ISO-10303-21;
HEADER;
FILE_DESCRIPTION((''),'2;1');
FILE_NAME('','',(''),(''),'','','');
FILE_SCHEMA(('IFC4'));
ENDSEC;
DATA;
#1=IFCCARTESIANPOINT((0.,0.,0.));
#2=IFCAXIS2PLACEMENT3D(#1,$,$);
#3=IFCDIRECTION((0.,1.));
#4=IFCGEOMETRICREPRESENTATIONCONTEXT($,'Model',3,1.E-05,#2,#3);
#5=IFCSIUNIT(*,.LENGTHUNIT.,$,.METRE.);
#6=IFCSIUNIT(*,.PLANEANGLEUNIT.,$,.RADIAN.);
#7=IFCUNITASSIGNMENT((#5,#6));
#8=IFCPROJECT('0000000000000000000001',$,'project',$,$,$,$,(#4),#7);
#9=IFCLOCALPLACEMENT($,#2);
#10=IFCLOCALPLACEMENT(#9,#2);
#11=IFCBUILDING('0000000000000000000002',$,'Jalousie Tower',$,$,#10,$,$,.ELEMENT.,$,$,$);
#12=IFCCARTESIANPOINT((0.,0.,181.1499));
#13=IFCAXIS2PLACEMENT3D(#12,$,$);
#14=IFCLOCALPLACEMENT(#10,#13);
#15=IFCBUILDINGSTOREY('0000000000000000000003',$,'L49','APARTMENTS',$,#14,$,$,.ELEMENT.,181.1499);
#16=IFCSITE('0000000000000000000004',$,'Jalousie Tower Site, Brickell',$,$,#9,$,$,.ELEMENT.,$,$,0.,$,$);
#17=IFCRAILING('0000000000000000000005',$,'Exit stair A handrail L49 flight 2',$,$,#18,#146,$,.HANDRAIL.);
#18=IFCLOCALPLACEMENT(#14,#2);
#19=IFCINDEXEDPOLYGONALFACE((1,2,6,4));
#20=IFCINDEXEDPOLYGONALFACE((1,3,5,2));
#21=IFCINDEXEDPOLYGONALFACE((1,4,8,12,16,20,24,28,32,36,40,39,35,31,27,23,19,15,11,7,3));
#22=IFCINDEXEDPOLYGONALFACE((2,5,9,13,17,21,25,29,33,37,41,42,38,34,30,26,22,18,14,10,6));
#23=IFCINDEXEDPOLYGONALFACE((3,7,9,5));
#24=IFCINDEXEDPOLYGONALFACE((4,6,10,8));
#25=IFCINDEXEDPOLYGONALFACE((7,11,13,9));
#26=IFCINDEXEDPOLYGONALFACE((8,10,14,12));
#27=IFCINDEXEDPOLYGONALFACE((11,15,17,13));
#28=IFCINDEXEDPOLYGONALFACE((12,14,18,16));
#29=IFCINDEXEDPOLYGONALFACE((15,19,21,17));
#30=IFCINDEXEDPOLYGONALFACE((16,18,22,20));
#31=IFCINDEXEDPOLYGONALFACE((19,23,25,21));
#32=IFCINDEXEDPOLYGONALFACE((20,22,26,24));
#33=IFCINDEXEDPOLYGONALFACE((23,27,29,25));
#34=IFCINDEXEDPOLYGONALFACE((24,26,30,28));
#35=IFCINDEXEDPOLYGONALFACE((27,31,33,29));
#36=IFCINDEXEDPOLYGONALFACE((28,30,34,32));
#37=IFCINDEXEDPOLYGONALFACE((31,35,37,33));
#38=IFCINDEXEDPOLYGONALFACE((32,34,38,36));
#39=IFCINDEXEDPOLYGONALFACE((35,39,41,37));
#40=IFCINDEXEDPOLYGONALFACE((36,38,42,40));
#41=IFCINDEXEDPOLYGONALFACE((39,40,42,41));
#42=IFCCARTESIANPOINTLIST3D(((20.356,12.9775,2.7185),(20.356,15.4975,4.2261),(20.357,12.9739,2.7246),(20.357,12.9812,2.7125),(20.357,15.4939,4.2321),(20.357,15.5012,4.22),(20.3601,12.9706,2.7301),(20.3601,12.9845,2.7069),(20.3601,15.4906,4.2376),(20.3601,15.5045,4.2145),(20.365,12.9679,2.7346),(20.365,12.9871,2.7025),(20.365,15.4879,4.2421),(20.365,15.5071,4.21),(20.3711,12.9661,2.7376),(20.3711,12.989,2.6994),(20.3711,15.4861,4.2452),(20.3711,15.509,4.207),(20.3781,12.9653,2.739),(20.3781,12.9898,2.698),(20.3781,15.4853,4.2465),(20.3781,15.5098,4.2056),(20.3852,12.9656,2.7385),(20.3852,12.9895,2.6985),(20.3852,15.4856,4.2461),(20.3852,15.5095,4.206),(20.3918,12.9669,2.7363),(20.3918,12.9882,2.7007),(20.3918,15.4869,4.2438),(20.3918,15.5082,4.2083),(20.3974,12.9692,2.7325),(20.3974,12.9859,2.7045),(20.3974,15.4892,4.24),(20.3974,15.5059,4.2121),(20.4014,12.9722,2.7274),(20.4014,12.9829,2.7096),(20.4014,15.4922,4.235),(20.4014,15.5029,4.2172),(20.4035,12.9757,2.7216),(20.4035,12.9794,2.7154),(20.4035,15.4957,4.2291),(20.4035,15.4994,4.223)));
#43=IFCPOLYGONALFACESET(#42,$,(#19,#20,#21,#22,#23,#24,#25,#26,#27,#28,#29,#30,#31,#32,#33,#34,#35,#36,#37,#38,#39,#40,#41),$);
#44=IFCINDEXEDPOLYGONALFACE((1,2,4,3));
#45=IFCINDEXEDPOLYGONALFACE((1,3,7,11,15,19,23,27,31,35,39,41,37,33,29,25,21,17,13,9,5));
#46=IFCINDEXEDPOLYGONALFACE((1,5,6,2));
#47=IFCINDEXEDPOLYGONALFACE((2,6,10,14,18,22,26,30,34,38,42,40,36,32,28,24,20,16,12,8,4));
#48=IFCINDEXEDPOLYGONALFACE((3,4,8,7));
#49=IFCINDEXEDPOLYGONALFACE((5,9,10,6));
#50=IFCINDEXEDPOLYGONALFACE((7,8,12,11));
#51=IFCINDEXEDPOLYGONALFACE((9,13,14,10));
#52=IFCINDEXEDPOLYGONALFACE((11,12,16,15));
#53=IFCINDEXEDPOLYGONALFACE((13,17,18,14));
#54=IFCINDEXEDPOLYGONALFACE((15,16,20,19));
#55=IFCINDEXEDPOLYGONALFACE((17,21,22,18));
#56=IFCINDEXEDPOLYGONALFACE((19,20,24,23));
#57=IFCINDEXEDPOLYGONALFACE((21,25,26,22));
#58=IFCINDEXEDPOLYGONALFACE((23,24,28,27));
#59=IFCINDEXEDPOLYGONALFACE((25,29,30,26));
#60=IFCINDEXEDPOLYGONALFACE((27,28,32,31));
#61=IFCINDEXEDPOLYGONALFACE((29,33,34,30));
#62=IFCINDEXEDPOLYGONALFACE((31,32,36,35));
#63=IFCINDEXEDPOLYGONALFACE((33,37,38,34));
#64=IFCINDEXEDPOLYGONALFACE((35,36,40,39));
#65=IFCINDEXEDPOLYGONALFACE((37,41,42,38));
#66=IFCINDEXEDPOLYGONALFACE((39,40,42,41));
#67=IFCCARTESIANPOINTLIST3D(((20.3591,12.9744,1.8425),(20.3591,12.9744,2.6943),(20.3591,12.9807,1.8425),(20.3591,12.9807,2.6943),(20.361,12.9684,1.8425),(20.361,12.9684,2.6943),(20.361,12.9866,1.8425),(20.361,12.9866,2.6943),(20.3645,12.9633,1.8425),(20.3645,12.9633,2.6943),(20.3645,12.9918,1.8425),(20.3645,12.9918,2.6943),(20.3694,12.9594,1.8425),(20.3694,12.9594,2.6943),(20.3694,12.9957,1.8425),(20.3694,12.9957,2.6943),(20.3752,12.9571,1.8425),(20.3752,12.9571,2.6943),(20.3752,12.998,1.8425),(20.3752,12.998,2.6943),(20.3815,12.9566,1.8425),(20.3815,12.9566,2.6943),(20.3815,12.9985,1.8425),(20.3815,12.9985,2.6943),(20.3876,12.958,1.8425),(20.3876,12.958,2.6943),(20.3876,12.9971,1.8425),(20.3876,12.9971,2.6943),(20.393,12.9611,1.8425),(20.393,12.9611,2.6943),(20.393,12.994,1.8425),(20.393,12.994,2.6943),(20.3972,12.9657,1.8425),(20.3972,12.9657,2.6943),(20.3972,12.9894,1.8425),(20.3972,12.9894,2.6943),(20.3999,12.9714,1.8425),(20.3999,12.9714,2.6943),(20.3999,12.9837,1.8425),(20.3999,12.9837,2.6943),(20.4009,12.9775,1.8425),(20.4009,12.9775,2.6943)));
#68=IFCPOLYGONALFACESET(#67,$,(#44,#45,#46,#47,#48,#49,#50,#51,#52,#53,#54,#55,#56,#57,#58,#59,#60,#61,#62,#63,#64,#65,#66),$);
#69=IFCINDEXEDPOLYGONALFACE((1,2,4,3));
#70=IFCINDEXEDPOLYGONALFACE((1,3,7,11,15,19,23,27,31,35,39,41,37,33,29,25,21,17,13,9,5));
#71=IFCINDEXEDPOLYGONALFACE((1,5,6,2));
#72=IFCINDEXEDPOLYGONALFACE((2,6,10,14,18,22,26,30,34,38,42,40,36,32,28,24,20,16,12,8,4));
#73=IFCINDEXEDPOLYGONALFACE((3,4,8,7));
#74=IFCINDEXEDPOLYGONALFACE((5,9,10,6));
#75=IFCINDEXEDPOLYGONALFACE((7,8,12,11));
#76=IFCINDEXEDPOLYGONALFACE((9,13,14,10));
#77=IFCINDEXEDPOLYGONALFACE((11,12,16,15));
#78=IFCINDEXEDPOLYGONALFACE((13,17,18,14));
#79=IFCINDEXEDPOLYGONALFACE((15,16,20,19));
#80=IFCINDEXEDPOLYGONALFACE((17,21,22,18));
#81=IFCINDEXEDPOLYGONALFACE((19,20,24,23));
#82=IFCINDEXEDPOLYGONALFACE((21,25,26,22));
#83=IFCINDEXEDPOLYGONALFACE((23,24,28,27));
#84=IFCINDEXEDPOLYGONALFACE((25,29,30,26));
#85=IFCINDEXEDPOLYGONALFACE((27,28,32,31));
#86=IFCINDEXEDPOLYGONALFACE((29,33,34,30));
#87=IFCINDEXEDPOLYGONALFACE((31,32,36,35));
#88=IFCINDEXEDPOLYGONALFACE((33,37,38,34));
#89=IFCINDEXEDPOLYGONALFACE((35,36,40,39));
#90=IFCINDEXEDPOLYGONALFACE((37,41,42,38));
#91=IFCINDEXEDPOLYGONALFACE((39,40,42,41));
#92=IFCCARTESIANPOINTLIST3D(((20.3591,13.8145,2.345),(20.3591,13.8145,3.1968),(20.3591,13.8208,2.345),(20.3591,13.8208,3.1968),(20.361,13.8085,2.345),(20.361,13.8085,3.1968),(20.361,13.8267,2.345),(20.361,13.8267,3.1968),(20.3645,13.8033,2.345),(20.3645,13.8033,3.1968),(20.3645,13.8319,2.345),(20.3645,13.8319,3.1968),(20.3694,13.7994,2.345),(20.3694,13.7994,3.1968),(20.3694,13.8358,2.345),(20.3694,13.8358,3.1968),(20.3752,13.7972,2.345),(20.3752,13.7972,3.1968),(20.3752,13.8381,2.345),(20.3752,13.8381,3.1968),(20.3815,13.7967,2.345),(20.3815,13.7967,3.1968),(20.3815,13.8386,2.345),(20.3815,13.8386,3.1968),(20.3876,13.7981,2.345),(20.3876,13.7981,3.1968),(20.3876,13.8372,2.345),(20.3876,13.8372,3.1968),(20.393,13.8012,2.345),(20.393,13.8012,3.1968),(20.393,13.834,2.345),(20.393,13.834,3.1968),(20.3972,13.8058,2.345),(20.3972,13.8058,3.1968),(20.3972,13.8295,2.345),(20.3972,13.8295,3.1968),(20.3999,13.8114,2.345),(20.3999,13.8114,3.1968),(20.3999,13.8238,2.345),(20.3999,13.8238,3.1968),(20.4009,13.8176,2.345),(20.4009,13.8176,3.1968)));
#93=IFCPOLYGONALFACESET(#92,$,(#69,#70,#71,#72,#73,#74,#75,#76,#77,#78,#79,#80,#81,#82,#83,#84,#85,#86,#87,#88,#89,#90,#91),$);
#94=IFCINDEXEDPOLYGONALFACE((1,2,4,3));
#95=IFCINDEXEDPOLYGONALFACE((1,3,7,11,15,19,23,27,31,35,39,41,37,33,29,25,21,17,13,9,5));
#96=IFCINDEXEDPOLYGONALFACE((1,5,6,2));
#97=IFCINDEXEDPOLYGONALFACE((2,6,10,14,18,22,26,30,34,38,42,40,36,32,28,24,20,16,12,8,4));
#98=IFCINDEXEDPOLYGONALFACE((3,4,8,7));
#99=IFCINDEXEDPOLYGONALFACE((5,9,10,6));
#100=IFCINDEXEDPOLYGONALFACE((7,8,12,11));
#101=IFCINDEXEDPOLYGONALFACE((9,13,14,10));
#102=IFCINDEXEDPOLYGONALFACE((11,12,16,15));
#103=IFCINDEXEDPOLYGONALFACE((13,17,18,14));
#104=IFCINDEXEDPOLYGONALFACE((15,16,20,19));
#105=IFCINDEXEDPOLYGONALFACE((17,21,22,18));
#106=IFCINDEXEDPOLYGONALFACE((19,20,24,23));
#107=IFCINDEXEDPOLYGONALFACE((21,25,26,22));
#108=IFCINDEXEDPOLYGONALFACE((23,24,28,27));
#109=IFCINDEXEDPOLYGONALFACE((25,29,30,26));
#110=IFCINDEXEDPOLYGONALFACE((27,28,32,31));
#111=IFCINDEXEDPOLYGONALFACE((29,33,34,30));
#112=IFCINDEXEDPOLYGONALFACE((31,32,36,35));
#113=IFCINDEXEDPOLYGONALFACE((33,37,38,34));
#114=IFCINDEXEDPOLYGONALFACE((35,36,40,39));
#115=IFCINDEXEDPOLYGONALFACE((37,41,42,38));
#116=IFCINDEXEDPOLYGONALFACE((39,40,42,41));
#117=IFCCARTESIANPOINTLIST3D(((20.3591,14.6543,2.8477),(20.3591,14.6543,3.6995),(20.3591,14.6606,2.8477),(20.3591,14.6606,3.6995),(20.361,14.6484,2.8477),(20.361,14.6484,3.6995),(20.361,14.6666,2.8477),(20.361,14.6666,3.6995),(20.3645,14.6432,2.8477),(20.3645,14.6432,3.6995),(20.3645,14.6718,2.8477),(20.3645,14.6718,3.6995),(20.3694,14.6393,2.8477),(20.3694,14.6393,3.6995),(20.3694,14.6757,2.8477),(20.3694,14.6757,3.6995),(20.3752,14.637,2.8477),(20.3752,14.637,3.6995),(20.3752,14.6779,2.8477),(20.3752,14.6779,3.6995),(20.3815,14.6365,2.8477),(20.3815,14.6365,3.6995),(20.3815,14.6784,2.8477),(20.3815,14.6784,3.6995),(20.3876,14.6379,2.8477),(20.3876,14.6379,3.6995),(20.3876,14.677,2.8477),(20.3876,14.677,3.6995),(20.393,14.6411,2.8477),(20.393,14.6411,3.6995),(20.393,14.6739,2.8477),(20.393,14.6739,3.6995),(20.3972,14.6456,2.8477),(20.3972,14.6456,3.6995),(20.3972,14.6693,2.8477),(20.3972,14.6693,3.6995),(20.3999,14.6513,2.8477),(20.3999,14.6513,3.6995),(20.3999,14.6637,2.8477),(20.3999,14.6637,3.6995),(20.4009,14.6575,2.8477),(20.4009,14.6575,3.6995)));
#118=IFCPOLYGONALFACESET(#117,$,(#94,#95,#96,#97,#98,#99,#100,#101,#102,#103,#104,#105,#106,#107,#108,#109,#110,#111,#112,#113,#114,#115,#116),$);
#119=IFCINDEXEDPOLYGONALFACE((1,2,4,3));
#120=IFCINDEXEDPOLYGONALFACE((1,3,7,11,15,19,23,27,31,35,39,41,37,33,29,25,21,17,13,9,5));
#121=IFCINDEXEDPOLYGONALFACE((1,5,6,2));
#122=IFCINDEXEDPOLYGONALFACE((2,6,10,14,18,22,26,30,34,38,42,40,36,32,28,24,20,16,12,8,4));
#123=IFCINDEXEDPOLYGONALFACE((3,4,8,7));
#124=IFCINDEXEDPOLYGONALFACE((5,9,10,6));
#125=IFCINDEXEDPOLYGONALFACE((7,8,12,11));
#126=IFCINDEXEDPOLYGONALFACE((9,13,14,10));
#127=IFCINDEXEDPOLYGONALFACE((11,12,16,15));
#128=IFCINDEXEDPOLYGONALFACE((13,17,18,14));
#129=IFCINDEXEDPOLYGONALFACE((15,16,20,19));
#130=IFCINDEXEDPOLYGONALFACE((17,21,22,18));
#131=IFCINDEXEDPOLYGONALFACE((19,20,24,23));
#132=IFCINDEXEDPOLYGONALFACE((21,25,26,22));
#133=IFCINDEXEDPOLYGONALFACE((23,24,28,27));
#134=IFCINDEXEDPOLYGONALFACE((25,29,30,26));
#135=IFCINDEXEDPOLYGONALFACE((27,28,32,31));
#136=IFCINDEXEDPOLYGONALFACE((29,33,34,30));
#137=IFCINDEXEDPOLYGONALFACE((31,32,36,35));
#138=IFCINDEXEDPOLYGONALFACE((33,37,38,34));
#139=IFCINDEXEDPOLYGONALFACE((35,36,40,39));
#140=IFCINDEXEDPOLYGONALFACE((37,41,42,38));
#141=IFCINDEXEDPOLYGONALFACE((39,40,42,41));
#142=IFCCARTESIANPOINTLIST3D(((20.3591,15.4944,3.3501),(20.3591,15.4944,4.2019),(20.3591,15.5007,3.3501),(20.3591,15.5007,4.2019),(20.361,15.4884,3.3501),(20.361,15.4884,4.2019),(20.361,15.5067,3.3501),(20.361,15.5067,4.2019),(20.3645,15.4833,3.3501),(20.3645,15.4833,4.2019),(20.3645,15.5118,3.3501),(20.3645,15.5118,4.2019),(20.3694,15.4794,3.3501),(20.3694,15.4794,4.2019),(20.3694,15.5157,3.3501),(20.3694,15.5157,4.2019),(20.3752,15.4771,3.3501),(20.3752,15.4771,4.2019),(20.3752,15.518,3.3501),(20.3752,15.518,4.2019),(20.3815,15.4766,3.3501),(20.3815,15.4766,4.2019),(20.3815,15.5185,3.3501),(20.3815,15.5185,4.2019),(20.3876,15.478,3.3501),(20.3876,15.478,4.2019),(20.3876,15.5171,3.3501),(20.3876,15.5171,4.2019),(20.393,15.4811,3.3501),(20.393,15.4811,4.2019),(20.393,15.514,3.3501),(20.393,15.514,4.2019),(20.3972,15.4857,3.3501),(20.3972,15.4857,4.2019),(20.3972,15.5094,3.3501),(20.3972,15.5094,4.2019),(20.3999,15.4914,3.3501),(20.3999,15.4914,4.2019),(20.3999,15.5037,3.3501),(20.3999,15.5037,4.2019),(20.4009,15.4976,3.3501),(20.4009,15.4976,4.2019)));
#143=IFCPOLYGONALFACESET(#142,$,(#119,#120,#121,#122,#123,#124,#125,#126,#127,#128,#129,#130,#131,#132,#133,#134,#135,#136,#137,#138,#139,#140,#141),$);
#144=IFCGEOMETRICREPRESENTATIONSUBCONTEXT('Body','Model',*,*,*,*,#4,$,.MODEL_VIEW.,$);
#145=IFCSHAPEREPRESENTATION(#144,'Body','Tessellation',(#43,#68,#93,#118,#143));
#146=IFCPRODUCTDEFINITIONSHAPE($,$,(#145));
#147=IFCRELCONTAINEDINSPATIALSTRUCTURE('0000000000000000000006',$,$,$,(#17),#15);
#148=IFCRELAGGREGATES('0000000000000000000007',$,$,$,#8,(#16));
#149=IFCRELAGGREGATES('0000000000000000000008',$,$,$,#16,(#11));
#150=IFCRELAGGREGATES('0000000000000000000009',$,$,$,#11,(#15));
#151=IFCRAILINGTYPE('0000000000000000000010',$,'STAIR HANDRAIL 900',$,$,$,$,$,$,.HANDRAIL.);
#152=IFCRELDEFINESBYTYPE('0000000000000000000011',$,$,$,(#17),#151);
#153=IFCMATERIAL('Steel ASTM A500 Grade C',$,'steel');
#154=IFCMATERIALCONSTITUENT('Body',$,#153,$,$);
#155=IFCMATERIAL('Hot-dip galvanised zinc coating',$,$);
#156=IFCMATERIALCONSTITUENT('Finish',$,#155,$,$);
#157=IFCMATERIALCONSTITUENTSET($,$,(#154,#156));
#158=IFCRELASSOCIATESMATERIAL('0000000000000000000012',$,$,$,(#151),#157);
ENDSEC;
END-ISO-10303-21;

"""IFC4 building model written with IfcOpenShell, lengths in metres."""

from ifc_helpers import new_model, si_unit, direction, frame, origin, origin_2d, place, context, subcontext, project, spatial, circle, extrude, material, constituent, constituent_set, type_object, element, save


model = new_model("IFC4")

# Units and contexts
model_context = context("Model", 3, precision=1e-05, world=origin(), true_north=direction((0.0, 1.0)))
body_context = subcontext(model_context, "Body", "Model", "MODEL_VIEW")
ifc_project = project(units=[si_unit("LENGTHUNIT", "METRE"), si_unit("PLANEANGLEUNIT", "RADIAN")], contexts=[model_context])

# Site, building, storey
site_placement = place(None, origin())
site = spatial("IfcSite", under=ifc_project, at=site_placement, Name="Jalousie Tower Site, Brickell", CompositionType="ELEMENT", RefElevation=0.0)
building_placement = place(site_placement, origin())
building = spatial("IfcBuilding", under=site, at=building_placement, Name="Jalousie Tower", CompositionType="ELEMENT")
storey_placement = place(building_placement, frame((0.0, 0.0, 181.1499)))
storey = spatial("IfcBuildingStorey", under=building, at=storey_placement, Name="L49", Description="APARTMENTS", CompositionType="ELEMENT", Elevation=181.1499)

# Railing
ifc_material_1 = material(Name="Steel ASTM A500 Grade C", Category="steel")
ifc_constituent_1 = constituent(ifc_material_1, Name="Body")
ifc_material_2 = material(Name="Hot-dip galvanised zinc coating")
ifc_constituent_2 = constituent(ifc_material_2, Name="Finish")
ifc_constituent_set_1 = constituent_set(constituents=[ifc_constituent_1, ifc_constituent_2])
railing_type_1 = type_object("IfcRailingType", Name="STAIR HANDRAIL 900", PredefinedType="HANDRAIL", material=ifc_constituent_set_1)
railing_1_placement = place(storey_placement, frame((20.3799, 12.9775, 1.8425)))
element("IfcRailing", 1, at=railing_1_placement, inside=storey, type_object=railing_type_1, Name="Exit stair A handrail L49 flight 2", PredefinedType="HANDRAIL", context=body_context, shape_type="SweptSolid", body=[
    extrude(circle(Radius=0.0239, at=origin_2d()), frame((0.0, 0.0, 0.876), z_axis=(0.0, 0.85816, 0.513383), x_axis=(-1.0, 0.0, 0.0)), (0.0, 0.0, 1.0), 2.9365),
    extrude(circle(Radius=0.021, at=origin_2d()), origin(), (0.0, 0.0, 1.0), 0.8518),
    extrude(circle(Radius=0.021, at=origin_2d()), frame((0.0, 0.8401, 0.5024)), (0.0, 0.0, 1.0), 0.8518),
    extrude(circle(Radius=0.021, at=origin_2d()), frame((0.0, 1.6799, 1.0051)), (0.0, 0.0, 1.0), 0.8518),
    extrude(circle(Radius=0.021, at=origin_2d()), frame((0.0, 2.52, 1.5076)), (0.0, 0.0, 1.0), 0.8518),
])

save(model, "model.ifc")
